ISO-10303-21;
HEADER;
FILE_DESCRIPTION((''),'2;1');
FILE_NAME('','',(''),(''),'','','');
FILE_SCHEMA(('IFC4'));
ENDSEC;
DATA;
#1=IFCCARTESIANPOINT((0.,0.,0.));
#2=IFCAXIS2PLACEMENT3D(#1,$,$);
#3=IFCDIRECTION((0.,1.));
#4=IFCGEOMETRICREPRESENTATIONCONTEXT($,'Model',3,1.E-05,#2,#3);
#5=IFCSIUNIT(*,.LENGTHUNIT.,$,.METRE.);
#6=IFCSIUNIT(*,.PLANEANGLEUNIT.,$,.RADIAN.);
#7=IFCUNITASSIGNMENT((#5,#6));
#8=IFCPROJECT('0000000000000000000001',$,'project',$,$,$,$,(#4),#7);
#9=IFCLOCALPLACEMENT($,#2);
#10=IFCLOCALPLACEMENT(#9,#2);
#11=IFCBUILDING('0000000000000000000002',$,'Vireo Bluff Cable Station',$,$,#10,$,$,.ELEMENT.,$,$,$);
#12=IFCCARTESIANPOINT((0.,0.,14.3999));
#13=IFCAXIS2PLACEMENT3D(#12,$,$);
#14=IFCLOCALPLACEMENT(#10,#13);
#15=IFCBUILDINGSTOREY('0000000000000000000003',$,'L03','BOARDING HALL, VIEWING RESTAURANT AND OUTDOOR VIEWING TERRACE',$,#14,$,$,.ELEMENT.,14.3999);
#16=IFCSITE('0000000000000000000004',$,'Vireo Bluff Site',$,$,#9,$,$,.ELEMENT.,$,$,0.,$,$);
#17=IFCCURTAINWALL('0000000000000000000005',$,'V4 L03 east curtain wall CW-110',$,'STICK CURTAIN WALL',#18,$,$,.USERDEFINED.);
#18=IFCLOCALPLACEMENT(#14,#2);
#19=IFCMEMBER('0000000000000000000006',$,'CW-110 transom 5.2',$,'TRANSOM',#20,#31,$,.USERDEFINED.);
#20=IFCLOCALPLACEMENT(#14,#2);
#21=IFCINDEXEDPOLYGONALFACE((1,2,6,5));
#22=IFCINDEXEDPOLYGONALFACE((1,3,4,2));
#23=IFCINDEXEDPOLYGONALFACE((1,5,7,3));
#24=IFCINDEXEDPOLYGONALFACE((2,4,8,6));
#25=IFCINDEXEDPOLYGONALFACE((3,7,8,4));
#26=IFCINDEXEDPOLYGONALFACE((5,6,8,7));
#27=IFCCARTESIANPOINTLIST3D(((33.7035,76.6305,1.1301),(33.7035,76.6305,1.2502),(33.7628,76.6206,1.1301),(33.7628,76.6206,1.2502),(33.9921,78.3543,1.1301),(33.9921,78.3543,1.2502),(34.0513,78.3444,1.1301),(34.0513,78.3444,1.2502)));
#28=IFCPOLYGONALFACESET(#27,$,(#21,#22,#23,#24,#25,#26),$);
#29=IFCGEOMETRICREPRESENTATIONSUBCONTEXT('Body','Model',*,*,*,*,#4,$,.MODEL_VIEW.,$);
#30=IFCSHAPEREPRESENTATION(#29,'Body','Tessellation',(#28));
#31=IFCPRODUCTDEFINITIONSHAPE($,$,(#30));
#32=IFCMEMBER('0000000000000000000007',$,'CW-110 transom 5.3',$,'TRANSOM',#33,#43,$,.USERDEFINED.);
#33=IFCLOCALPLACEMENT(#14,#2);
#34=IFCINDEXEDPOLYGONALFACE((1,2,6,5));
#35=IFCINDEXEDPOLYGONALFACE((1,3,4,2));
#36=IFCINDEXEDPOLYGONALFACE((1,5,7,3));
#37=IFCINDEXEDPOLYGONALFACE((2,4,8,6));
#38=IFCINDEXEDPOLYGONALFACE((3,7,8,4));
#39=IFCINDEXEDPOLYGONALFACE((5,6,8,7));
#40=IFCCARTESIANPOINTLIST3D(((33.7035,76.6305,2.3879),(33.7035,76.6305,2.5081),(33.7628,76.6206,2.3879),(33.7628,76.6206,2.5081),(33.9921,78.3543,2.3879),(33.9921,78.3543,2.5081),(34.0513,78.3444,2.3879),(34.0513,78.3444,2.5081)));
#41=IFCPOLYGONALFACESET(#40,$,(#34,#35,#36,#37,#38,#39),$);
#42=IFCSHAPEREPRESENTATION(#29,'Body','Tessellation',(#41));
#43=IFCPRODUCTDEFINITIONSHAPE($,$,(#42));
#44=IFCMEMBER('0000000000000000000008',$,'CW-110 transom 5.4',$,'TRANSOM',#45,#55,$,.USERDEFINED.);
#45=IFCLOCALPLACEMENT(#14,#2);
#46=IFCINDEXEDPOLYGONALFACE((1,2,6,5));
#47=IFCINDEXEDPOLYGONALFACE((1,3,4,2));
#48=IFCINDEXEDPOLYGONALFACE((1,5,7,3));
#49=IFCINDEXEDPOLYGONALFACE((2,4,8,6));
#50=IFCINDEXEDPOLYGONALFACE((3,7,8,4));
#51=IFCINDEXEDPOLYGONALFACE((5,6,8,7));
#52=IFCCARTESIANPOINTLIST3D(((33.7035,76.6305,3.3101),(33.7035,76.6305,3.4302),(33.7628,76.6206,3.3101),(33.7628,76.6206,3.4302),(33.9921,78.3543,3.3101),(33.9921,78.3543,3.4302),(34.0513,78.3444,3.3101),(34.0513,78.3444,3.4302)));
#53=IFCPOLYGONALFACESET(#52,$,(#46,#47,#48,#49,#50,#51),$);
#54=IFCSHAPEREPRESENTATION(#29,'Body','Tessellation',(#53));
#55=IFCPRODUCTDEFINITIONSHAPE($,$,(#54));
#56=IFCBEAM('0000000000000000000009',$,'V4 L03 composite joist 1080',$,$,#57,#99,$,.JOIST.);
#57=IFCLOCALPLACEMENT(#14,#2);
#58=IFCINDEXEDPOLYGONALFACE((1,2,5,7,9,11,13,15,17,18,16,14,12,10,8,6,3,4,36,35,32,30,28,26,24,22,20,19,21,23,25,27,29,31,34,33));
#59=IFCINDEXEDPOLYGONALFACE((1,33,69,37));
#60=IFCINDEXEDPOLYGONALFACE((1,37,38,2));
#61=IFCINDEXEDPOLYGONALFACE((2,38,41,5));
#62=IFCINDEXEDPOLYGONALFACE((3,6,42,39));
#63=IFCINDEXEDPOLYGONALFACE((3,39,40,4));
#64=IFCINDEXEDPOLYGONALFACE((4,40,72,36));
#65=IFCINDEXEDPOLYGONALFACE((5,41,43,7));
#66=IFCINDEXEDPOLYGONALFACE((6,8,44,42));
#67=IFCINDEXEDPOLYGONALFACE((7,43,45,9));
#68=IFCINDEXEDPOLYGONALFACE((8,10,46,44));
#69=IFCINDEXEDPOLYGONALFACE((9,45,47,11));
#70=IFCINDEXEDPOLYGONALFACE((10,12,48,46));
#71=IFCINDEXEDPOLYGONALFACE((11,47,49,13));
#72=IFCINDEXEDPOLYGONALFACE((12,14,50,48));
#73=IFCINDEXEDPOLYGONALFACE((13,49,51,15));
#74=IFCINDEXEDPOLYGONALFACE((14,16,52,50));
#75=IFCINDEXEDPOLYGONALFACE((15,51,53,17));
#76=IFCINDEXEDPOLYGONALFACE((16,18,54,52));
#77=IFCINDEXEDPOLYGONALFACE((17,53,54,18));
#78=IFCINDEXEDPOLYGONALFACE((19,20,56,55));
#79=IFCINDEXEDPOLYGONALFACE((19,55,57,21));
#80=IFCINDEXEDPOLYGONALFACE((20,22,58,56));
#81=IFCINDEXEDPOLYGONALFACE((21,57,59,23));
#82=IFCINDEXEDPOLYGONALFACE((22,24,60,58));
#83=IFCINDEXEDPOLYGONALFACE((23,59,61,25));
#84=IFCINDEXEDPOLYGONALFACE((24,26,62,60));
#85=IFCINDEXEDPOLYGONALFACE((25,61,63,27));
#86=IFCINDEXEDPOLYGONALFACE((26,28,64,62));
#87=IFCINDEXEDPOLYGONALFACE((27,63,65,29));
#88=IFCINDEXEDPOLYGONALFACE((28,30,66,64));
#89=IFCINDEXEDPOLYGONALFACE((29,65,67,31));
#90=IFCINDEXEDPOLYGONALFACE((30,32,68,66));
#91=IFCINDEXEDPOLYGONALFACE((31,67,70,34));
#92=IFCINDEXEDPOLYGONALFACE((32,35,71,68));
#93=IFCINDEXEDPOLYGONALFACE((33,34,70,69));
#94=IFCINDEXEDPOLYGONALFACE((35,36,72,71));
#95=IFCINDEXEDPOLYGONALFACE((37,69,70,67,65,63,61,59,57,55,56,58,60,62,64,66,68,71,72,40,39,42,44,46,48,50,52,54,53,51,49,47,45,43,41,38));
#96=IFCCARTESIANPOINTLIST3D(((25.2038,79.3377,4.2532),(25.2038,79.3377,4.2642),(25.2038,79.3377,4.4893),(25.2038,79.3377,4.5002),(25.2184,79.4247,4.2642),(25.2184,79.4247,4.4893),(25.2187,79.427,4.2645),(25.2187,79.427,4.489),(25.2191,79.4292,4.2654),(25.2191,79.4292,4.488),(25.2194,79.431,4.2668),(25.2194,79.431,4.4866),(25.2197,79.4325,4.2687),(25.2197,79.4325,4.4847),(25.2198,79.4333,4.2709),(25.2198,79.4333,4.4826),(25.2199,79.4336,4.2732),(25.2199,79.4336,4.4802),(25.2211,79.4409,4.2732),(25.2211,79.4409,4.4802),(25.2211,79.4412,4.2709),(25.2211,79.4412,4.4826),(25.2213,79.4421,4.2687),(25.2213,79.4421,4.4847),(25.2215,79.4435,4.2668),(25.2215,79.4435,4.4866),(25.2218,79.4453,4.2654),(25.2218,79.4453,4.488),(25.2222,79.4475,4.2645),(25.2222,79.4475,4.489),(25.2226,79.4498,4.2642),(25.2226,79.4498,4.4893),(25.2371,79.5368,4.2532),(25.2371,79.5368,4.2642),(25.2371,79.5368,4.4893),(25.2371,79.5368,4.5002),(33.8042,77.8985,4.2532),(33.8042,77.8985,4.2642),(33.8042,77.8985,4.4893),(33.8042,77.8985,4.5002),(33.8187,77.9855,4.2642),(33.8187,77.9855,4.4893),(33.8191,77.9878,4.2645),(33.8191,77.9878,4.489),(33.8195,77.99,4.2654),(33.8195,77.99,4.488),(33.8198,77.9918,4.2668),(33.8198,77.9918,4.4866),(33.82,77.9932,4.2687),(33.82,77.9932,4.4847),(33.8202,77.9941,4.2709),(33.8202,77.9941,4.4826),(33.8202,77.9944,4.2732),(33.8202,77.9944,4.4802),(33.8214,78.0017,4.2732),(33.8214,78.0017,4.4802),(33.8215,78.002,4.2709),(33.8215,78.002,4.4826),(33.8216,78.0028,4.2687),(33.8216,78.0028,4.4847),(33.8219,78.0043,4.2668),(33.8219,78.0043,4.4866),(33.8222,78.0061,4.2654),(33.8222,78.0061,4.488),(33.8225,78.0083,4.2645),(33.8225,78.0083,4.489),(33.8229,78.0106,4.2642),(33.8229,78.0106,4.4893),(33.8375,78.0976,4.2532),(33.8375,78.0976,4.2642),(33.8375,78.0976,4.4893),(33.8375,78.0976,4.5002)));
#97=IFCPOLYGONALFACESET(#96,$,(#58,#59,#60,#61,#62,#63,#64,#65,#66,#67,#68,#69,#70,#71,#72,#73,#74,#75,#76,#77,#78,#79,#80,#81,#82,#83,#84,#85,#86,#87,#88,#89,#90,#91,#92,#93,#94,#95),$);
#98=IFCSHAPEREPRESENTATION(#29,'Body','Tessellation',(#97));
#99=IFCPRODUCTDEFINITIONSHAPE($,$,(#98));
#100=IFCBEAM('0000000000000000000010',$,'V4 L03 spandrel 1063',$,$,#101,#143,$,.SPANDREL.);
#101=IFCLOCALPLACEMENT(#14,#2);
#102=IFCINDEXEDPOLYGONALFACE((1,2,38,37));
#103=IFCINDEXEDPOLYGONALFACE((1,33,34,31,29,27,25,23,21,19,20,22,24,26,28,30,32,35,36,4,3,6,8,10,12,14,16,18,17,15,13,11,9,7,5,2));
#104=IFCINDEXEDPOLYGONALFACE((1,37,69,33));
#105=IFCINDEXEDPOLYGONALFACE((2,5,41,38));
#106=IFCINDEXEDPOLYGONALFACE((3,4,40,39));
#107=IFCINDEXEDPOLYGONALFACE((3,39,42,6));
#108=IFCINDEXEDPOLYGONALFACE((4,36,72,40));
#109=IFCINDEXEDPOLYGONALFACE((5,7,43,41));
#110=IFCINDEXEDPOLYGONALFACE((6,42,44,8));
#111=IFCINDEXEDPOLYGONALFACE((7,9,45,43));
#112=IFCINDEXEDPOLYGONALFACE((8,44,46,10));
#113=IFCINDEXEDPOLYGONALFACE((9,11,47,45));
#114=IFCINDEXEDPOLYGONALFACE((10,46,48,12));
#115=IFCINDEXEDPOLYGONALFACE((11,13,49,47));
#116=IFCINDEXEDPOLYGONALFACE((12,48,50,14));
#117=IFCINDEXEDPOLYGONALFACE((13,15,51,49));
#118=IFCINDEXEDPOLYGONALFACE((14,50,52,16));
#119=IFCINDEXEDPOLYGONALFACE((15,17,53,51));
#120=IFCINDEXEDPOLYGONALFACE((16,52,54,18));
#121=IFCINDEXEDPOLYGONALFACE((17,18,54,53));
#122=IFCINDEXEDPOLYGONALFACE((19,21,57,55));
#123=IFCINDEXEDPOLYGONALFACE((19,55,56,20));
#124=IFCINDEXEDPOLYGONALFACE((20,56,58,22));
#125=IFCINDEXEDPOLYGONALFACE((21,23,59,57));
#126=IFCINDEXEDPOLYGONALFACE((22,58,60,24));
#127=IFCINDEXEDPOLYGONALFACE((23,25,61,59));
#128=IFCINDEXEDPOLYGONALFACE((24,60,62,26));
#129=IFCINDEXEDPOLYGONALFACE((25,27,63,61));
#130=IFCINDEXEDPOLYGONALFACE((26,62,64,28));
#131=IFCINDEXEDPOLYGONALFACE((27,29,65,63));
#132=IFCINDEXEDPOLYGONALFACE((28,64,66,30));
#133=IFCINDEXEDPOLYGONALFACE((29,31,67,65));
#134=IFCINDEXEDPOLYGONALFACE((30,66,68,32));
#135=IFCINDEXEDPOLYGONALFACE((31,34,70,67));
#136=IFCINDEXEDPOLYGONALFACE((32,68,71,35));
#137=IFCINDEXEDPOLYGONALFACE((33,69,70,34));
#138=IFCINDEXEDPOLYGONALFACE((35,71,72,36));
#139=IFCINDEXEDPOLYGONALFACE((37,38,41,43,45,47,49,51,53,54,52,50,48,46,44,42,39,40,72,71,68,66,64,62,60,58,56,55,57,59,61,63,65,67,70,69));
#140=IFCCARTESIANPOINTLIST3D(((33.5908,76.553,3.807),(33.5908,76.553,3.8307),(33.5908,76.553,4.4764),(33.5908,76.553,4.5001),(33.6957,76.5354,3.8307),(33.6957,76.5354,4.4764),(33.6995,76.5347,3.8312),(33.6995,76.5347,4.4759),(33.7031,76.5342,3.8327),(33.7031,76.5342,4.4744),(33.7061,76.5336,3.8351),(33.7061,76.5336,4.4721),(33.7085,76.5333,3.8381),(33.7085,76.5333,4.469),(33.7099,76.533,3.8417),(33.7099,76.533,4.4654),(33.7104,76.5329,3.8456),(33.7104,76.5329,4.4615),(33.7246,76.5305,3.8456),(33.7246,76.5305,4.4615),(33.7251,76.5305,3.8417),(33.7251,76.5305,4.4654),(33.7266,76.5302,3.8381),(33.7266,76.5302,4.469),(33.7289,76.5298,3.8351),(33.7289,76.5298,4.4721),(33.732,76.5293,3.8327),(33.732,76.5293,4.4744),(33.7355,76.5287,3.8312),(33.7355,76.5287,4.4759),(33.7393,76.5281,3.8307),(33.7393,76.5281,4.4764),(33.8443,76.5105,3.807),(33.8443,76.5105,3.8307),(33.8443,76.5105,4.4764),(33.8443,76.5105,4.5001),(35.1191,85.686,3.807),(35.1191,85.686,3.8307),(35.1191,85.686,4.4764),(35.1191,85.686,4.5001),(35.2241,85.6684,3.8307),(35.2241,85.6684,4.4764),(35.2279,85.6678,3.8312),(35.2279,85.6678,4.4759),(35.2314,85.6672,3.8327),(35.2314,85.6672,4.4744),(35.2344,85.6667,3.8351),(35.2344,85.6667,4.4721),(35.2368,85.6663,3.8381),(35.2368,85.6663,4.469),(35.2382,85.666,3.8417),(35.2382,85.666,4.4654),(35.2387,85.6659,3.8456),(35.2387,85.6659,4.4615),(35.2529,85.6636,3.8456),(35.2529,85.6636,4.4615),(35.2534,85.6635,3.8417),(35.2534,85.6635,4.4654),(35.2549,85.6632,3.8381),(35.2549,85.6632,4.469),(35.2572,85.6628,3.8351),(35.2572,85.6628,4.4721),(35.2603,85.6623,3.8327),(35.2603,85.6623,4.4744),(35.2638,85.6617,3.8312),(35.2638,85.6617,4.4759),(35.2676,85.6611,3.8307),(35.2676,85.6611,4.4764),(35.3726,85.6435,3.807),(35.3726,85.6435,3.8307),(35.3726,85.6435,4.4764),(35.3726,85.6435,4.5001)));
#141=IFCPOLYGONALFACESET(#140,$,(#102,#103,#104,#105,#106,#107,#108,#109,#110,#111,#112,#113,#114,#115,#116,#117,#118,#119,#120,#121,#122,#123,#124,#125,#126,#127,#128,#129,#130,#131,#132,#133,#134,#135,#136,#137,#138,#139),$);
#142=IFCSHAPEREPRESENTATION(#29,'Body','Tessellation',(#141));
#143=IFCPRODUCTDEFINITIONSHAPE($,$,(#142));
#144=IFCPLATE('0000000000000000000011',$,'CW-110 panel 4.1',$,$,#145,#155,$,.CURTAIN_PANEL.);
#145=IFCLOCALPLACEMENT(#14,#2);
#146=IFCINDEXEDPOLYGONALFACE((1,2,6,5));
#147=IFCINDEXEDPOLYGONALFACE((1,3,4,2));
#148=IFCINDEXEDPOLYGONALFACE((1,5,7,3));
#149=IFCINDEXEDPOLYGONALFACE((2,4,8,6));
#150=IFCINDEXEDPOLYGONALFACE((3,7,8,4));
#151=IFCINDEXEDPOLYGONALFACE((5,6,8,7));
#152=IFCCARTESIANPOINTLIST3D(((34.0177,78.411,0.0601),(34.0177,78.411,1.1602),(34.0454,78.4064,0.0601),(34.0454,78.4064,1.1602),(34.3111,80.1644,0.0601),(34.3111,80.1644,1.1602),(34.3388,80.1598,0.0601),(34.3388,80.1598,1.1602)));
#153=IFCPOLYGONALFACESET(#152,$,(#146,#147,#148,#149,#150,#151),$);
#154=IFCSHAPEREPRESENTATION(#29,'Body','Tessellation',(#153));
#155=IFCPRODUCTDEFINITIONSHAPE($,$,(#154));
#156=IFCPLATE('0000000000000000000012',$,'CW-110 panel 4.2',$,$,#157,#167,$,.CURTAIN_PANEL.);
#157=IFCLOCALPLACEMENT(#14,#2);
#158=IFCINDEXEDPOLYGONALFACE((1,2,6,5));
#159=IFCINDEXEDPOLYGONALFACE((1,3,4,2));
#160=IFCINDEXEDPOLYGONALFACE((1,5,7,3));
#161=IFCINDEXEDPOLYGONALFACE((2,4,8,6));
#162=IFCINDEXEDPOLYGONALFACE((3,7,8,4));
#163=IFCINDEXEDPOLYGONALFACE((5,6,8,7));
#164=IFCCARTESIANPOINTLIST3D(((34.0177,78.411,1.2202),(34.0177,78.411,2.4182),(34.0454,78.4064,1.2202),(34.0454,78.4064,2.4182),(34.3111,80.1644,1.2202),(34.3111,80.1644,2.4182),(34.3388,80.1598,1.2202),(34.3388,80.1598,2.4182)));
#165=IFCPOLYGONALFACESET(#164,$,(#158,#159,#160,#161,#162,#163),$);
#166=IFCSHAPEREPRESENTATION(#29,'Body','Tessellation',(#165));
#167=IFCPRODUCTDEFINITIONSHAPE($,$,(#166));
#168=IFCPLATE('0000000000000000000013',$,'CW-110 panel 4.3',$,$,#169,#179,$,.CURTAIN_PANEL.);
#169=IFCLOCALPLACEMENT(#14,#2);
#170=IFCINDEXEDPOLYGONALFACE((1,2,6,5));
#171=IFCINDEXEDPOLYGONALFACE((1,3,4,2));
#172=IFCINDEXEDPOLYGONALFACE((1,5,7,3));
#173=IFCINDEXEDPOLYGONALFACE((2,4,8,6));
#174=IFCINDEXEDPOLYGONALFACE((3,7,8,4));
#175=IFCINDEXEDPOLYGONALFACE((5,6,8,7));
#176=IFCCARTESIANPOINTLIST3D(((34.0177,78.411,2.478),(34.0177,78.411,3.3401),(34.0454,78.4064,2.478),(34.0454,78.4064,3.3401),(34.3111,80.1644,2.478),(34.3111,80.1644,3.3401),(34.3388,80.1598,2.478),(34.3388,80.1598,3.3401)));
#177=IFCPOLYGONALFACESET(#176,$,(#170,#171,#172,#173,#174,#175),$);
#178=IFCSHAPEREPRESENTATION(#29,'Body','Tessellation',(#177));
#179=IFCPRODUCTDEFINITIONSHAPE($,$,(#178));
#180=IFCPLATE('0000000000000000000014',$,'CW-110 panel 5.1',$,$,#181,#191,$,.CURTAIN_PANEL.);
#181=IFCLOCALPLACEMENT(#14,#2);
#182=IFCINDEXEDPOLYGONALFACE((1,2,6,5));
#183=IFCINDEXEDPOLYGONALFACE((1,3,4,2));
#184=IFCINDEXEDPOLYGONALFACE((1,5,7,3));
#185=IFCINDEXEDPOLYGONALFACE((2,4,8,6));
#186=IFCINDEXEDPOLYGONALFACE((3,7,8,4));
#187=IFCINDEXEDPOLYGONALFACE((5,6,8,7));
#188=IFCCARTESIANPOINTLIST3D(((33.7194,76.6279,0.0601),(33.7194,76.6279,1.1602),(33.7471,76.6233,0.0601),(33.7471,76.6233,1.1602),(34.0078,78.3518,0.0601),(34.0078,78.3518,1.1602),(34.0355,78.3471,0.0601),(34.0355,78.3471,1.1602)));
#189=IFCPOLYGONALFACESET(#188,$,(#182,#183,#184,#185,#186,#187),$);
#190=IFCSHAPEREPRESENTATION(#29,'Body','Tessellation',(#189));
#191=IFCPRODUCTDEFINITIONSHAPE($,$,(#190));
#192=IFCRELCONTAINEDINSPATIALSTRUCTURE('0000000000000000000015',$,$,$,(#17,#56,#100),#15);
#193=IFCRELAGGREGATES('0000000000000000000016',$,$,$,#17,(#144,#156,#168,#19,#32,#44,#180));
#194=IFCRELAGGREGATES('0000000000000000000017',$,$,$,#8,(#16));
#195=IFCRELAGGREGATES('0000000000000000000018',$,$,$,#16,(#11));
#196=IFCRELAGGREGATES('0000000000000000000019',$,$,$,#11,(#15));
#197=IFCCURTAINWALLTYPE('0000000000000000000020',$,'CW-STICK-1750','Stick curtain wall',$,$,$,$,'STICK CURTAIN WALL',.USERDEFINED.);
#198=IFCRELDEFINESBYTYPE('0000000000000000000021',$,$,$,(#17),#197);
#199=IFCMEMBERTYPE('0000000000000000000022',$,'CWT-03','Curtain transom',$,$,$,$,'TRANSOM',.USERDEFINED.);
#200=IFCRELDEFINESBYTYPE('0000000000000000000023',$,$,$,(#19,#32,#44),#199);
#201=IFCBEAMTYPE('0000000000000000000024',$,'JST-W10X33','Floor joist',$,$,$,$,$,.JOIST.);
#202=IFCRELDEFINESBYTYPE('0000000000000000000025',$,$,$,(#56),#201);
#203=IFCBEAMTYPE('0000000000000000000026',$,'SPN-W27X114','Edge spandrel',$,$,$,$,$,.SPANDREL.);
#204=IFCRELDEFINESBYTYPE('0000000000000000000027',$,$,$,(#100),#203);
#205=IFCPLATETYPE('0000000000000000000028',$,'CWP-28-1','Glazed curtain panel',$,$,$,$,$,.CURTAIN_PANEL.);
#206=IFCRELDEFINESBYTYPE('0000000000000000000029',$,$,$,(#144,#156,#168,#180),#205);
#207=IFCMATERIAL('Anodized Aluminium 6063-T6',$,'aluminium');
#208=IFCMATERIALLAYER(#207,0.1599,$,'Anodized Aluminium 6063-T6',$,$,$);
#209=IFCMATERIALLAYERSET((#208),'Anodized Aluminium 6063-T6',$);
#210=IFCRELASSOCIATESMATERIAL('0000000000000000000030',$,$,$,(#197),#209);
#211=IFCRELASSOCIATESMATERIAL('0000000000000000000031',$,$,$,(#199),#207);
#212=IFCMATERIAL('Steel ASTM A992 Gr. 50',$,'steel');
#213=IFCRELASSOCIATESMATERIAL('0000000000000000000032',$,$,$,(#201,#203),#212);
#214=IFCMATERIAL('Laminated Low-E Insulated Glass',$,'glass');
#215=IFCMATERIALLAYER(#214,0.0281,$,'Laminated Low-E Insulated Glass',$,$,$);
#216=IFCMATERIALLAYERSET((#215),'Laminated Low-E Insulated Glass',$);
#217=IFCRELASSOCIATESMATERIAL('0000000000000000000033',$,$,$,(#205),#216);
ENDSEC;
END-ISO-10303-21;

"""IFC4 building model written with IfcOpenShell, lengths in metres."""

from ifc_helpers import new_model, si_unit, direction, frame, origin, origin_2d, place, context, subcontext, project, spatial, rectangle, i_section, extrude, material, layer, layer_set, material_profile, profile_set, type_object, element, aggregate, save


model = new_model("IFC4")

# Units and contexts
model_context = context("Model", 3, precision=1e-05, world=origin(), true_north=direction((0.0, 1.0)))
body_context = subcontext(model_context, "Body", "Model", "MODEL_VIEW")
ifc_project = project(units=[si_unit("LENGTHUNIT", "METRE"), si_unit("PLANEANGLEUNIT", "RADIAN")], contexts=[model_context])

# Site, building, storey
site_placement = place(None, origin())
site = spatial("IfcSite", under=ifc_project, at=site_placement, Name="Vireo Bluff Site", CompositionType="ELEMENT", RefElevation=0.0)
building_placement = place(site_placement, origin())
building = spatial("IfcBuilding", under=site, at=building_placement, Name="Vireo Bluff Cable Station", CompositionType="ELEMENT")
storey_placement = place(building_placement, frame((0.0, 0.0, 14.3999)))
storey = spatial("IfcBuildingStorey", under=building, at=storey_placement, Name="L03", Description="BOARDING HALL, VIEWING RESTAURANT AND OUTDOOR VIEWING TERRACE", CompositionType="ELEMENT", Elevation=14.3999)

# Shared definitions
ifc_material_1 = material(Name="Steel ASTM A992 Gr. 50", Category="steel")

# Curtain wall, members
ifc_material_2 = material(Name="Anodized Aluminium 6063-T6", Category="aluminium")
ifc_layer_1 = layer(ifc_material_2, 0.1599, Name="Anodized Aluminium 6063-T6")
ifc_layer_set_1 = layer_set([ifc_layer_1], Name="Anodized Aluminium 6063-T6")
curtain_wall_type = type_object("IfcCurtainWallType", Name="CW-STICK-1750", Description="Stick curtain wall", ElementType="STICK CURTAIN WALL", PredefinedType="USERDEFINED", material=ifc_layer_set_1)
curtain_wall_placement = place(storey_placement, origin())
curtain_wall = element("IfcCurtainWall", 1, at=curtain_wall_placement, inside=storey, type_object=curtain_wall_type, Name="V4 L03 east curtain wall CW-110", ObjectType="STICK CURTAIN WALL", PredefinedType="USERDEFINED")
ifc_material_profile_1 = material_profile(ifc_material_2, rectangle(XDim=0.0601, YDim=0.1201, at=origin_2d()), Name="ALU-T-60X120")
ifc_profile_set_1 = profile_set([ifc_material_profile_1], Name="Anodized Aluminium 6063-T6")
member_type_1 = type_object("IfcMemberType", Name="CWT-03", Description="Curtain transom", ElementType="TRANSOM", PredefinedType="USERDEFINED", material=ifc_profile_set_1)
member_1_placement = place(storey_placement, frame((34.0217, 78.3494, 1.1902), z_axis=(-0.165101, -0.986277, 0.0), x_axis=(0.986277, -0.165101, 0.0)))
member_1 = element("IfcMember", 2, at=member_1_placement, type_object=member_type_1, Name="CW-110 transom 5.2", ObjectType="TRANSOM", PredefinedType="USERDEFINED", context=body_context, shape_type="SweptSolid", body=[
    extrude(rectangle(XDim=0.0601, YDim=0.1201, at=origin_2d()), origin(), (0.0, 0.0, 1.0), 1.7478),
])
member_2_placement = place(storey_placement, frame((34.0217, 78.3494, 2.448), z_axis=(-0.165101, -0.986277, 0.0), x_axis=(0.986277, -0.165101, 0.0)))
member_2 = element("IfcMember", 3, at=member_2_placement, type_object=member_type_1, Name="CW-110 transom 5.3", ObjectType="TRANSOM", PredefinedType="USERDEFINED", context=body_context, shape_type="SweptSolid", body=[
    extrude(rectangle(XDim=0.0601, YDim=0.1201, at=origin_2d()), origin(), (0.0, 0.0, 1.0), 1.7478),
])
member_3_placement = place(storey_placement, frame((34.0217, 78.3494, 3.3701), z_axis=(-0.165101, -0.986277, 0.0), x_axis=(0.986277, -0.165101, 0.0)))
member_3 = element("IfcMember", 4, at=member_3_placement, type_object=member_type_1, Name="CW-110 transom 5.4", ObjectType="TRANSOM", PredefinedType="USERDEFINED", context=body_context, shape_type="SweptSolid", body=[
    extrude(rectangle(XDim=0.0601, YDim=0.1201, at=origin_2d()), origin(), (0.0, 0.0, 1.0), 1.7478),
])

# Beams
ifc_material_profile_2 = material_profile(ifc_material_1, i_section(OverallWidth=0.2019, OverallDepth=0.2471, WebThickness=0.0073, FlangeThickness=0.011, FilletRadius=0.009, at=origin_2d()), Name="W10X33")
ifc_profile_set_2 = profile_set([ifc_material_profile_2], Name="Steel ASTM A992 Gr. 50")
beam_type_1 = type_object("IfcBeamType", Name="JST-W10X33", Description="Floor joist", PredefinedType="JOIST", material=ifc_profile_set_2)
beam_1_placement = place(storey_placement, frame((25.2205, 79.4373, 4.3767), z_axis=(0.986286, -0.165048, 0.0), x_axis=(0.165048, 0.986286, 0.0)))
element("IfcBeam", 5, at=beam_1_placement, inside=storey, type_object=beam_type_1, Name="V4 L03 composite joist 1080", PredefinedType="JOIST", context=body_context, shape_type="SweptSolid", body=[
    extrude(i_section(OverallWidth=0.2019, OverallDepth=0.2471, WebThickness=0.0073, FlangeThickness=0.011, FilletRadius=0.009, at=origin_2d()), origin(), (0.0, 0.0, 1.0), 8.72),
])
ifc_material_profile_3 = material_profile(ifc_material_1, i_section(OverallWidth=0.2571, OverallDepth=0.6931, WebThickness=0.0144, FlangeThickness=0.0237, FilletRadius=0.0149, at=origin_2d()), Name="W27X114")
ifc_profile_set_3 = profile_set([ifc_material_profile_3], Name="Steel ASTM A992 Gr. 50")
beam_type_2 = type_object("IfcBeamType", Name="SPN-W27X114", Description="Edge spandrel", PredefinedType="SPANDREL", material=ifc_profile_set_3)
beam_2_placement = place(storey_placement, frame((33.7175, 76.5317, 4.1536), z_axis=(0.165045, 0.986286, 0.0), x_axis=(-0.986286, 0.165045, 0.0)))
element("IfcBeam", 6, at=beam_2_placement, inside=storey, type_object=beam_type_2, Name="V4 L03 spandrel 1063", PredefinedType="SPANDREL", context=body_context, shape_type="SweptSolid", body=[
    extrude(i_section(OverallWidth=0.2571, OverallDepth=0.6931, WebThickness=0.0144, FlangeThickness=0.0237, FilletRadius=0.0149, at=origin_2d()), origin(), (0.0, 0.0, 1.0), 9.26),
])

# Plates
ifc_material_3 = material(Name="Laminated Low-E Insulated Glass", Category="glass")
ifc_layer_2 = layer(ifc_material_3, 0.0281, Name="Laminated Low-E Insulated Glass")
ifc_layer_set_2 = layer_set([ifc_layer_2], Name="Laminated Low-E Insulated Glass")
plate_type_1 = type_object("IfcPlateType", Name="CWP-28-1", Description="Glazed curtain panel", PredefinedType="CURTAIN_PANEL", material=ifc_layer_set_2)
plate_1_placement = place(storey_placement, frame((34.1782, 79.2854, 0.0601), z_axis=(0.0, 0.0, 1.0), x_axis=(-0.165048, -0.986286, 0.0)))
plate_1 = element("IfcPlate", 7, at=plate_1_placement, type_object=plate_type_1, Name="CW-110 panel 4.1", PredefinedType="CURTAIN_PANEL", context=body_context, shape_type="SweptSolid", body=[
    extrude(rectangle(XDim=1.7778, YDim=0.0281, at=origin_2d()), origin(), (0.0, 0.0, 1.0), 1.1001),
])
plate_2_placement = place(storey_placement, frame((34.1782, 79.2854, 1.2202), z_axis=(0.0, 0.0, 1.0), x_axis=(-0.165048, -0.986286, 0.0)))
plate_2 = element("IfcPlate", 8, at=plate_2_placement, type_object=plate_type_1, Name="CW-110 panel 4.2", PredefinedType="CURTAIN_PANEL", context=body_context, shape_type="SweptSolid", body=[
    extrude(rectangle(XDim=1.7778, YDim=0.0281, at=origin_2d()), origin(), (0.0, 0.0, 1.0), 1.198),
])
plate_3_placement = place(storey_placement, frame((34.1782, 79.2854, 2.478), z_axis=(0.0, 0.0, 1.0), x_axis=(-0.165048, -0.986286, 0.0)))
plate_3 = element("IfcPlate", 9, at=plate_3_placement, type_object=plate_type_1, Name="CW-110 panel 4.3", PredefinedType="CURTAIN_PANEL", context=body_context, shape_type="SweptSolid", body=[
    extrude(rectangle(XDim=1.7778, YDim=0.0281, at=origin_2d()), origin(), (0.0, 0.0, 1.0), 0.8621),
])
plate_4_placement = place(storey_placement, frame((33.8774, 77.4875, 0.0601), z_axis=(0.0, 0.0, 1.0), x_axis=(-0.165048, -0.986286, 0.0)))
plate_4 = element("IfcPlate", 10, at=plate_4_placement, type_object=plate_type_1, Name="CW-110 panel 5.1", PredefinedType="CURTAIN_PANEL", context=body_context, shape_type="SweptSolid", body=[
    extrude(rectangle(XDim=1.7478, YDim=0.0281, at=origin_2d()), origin(), (0.0, 0.0, 1.0), 1.1001),
])
aggregate(curtain_wall, [plate_1, plate_2, plate_3, member_1, member_2, member_3, plate_4])

save(model, "model.ifc")
